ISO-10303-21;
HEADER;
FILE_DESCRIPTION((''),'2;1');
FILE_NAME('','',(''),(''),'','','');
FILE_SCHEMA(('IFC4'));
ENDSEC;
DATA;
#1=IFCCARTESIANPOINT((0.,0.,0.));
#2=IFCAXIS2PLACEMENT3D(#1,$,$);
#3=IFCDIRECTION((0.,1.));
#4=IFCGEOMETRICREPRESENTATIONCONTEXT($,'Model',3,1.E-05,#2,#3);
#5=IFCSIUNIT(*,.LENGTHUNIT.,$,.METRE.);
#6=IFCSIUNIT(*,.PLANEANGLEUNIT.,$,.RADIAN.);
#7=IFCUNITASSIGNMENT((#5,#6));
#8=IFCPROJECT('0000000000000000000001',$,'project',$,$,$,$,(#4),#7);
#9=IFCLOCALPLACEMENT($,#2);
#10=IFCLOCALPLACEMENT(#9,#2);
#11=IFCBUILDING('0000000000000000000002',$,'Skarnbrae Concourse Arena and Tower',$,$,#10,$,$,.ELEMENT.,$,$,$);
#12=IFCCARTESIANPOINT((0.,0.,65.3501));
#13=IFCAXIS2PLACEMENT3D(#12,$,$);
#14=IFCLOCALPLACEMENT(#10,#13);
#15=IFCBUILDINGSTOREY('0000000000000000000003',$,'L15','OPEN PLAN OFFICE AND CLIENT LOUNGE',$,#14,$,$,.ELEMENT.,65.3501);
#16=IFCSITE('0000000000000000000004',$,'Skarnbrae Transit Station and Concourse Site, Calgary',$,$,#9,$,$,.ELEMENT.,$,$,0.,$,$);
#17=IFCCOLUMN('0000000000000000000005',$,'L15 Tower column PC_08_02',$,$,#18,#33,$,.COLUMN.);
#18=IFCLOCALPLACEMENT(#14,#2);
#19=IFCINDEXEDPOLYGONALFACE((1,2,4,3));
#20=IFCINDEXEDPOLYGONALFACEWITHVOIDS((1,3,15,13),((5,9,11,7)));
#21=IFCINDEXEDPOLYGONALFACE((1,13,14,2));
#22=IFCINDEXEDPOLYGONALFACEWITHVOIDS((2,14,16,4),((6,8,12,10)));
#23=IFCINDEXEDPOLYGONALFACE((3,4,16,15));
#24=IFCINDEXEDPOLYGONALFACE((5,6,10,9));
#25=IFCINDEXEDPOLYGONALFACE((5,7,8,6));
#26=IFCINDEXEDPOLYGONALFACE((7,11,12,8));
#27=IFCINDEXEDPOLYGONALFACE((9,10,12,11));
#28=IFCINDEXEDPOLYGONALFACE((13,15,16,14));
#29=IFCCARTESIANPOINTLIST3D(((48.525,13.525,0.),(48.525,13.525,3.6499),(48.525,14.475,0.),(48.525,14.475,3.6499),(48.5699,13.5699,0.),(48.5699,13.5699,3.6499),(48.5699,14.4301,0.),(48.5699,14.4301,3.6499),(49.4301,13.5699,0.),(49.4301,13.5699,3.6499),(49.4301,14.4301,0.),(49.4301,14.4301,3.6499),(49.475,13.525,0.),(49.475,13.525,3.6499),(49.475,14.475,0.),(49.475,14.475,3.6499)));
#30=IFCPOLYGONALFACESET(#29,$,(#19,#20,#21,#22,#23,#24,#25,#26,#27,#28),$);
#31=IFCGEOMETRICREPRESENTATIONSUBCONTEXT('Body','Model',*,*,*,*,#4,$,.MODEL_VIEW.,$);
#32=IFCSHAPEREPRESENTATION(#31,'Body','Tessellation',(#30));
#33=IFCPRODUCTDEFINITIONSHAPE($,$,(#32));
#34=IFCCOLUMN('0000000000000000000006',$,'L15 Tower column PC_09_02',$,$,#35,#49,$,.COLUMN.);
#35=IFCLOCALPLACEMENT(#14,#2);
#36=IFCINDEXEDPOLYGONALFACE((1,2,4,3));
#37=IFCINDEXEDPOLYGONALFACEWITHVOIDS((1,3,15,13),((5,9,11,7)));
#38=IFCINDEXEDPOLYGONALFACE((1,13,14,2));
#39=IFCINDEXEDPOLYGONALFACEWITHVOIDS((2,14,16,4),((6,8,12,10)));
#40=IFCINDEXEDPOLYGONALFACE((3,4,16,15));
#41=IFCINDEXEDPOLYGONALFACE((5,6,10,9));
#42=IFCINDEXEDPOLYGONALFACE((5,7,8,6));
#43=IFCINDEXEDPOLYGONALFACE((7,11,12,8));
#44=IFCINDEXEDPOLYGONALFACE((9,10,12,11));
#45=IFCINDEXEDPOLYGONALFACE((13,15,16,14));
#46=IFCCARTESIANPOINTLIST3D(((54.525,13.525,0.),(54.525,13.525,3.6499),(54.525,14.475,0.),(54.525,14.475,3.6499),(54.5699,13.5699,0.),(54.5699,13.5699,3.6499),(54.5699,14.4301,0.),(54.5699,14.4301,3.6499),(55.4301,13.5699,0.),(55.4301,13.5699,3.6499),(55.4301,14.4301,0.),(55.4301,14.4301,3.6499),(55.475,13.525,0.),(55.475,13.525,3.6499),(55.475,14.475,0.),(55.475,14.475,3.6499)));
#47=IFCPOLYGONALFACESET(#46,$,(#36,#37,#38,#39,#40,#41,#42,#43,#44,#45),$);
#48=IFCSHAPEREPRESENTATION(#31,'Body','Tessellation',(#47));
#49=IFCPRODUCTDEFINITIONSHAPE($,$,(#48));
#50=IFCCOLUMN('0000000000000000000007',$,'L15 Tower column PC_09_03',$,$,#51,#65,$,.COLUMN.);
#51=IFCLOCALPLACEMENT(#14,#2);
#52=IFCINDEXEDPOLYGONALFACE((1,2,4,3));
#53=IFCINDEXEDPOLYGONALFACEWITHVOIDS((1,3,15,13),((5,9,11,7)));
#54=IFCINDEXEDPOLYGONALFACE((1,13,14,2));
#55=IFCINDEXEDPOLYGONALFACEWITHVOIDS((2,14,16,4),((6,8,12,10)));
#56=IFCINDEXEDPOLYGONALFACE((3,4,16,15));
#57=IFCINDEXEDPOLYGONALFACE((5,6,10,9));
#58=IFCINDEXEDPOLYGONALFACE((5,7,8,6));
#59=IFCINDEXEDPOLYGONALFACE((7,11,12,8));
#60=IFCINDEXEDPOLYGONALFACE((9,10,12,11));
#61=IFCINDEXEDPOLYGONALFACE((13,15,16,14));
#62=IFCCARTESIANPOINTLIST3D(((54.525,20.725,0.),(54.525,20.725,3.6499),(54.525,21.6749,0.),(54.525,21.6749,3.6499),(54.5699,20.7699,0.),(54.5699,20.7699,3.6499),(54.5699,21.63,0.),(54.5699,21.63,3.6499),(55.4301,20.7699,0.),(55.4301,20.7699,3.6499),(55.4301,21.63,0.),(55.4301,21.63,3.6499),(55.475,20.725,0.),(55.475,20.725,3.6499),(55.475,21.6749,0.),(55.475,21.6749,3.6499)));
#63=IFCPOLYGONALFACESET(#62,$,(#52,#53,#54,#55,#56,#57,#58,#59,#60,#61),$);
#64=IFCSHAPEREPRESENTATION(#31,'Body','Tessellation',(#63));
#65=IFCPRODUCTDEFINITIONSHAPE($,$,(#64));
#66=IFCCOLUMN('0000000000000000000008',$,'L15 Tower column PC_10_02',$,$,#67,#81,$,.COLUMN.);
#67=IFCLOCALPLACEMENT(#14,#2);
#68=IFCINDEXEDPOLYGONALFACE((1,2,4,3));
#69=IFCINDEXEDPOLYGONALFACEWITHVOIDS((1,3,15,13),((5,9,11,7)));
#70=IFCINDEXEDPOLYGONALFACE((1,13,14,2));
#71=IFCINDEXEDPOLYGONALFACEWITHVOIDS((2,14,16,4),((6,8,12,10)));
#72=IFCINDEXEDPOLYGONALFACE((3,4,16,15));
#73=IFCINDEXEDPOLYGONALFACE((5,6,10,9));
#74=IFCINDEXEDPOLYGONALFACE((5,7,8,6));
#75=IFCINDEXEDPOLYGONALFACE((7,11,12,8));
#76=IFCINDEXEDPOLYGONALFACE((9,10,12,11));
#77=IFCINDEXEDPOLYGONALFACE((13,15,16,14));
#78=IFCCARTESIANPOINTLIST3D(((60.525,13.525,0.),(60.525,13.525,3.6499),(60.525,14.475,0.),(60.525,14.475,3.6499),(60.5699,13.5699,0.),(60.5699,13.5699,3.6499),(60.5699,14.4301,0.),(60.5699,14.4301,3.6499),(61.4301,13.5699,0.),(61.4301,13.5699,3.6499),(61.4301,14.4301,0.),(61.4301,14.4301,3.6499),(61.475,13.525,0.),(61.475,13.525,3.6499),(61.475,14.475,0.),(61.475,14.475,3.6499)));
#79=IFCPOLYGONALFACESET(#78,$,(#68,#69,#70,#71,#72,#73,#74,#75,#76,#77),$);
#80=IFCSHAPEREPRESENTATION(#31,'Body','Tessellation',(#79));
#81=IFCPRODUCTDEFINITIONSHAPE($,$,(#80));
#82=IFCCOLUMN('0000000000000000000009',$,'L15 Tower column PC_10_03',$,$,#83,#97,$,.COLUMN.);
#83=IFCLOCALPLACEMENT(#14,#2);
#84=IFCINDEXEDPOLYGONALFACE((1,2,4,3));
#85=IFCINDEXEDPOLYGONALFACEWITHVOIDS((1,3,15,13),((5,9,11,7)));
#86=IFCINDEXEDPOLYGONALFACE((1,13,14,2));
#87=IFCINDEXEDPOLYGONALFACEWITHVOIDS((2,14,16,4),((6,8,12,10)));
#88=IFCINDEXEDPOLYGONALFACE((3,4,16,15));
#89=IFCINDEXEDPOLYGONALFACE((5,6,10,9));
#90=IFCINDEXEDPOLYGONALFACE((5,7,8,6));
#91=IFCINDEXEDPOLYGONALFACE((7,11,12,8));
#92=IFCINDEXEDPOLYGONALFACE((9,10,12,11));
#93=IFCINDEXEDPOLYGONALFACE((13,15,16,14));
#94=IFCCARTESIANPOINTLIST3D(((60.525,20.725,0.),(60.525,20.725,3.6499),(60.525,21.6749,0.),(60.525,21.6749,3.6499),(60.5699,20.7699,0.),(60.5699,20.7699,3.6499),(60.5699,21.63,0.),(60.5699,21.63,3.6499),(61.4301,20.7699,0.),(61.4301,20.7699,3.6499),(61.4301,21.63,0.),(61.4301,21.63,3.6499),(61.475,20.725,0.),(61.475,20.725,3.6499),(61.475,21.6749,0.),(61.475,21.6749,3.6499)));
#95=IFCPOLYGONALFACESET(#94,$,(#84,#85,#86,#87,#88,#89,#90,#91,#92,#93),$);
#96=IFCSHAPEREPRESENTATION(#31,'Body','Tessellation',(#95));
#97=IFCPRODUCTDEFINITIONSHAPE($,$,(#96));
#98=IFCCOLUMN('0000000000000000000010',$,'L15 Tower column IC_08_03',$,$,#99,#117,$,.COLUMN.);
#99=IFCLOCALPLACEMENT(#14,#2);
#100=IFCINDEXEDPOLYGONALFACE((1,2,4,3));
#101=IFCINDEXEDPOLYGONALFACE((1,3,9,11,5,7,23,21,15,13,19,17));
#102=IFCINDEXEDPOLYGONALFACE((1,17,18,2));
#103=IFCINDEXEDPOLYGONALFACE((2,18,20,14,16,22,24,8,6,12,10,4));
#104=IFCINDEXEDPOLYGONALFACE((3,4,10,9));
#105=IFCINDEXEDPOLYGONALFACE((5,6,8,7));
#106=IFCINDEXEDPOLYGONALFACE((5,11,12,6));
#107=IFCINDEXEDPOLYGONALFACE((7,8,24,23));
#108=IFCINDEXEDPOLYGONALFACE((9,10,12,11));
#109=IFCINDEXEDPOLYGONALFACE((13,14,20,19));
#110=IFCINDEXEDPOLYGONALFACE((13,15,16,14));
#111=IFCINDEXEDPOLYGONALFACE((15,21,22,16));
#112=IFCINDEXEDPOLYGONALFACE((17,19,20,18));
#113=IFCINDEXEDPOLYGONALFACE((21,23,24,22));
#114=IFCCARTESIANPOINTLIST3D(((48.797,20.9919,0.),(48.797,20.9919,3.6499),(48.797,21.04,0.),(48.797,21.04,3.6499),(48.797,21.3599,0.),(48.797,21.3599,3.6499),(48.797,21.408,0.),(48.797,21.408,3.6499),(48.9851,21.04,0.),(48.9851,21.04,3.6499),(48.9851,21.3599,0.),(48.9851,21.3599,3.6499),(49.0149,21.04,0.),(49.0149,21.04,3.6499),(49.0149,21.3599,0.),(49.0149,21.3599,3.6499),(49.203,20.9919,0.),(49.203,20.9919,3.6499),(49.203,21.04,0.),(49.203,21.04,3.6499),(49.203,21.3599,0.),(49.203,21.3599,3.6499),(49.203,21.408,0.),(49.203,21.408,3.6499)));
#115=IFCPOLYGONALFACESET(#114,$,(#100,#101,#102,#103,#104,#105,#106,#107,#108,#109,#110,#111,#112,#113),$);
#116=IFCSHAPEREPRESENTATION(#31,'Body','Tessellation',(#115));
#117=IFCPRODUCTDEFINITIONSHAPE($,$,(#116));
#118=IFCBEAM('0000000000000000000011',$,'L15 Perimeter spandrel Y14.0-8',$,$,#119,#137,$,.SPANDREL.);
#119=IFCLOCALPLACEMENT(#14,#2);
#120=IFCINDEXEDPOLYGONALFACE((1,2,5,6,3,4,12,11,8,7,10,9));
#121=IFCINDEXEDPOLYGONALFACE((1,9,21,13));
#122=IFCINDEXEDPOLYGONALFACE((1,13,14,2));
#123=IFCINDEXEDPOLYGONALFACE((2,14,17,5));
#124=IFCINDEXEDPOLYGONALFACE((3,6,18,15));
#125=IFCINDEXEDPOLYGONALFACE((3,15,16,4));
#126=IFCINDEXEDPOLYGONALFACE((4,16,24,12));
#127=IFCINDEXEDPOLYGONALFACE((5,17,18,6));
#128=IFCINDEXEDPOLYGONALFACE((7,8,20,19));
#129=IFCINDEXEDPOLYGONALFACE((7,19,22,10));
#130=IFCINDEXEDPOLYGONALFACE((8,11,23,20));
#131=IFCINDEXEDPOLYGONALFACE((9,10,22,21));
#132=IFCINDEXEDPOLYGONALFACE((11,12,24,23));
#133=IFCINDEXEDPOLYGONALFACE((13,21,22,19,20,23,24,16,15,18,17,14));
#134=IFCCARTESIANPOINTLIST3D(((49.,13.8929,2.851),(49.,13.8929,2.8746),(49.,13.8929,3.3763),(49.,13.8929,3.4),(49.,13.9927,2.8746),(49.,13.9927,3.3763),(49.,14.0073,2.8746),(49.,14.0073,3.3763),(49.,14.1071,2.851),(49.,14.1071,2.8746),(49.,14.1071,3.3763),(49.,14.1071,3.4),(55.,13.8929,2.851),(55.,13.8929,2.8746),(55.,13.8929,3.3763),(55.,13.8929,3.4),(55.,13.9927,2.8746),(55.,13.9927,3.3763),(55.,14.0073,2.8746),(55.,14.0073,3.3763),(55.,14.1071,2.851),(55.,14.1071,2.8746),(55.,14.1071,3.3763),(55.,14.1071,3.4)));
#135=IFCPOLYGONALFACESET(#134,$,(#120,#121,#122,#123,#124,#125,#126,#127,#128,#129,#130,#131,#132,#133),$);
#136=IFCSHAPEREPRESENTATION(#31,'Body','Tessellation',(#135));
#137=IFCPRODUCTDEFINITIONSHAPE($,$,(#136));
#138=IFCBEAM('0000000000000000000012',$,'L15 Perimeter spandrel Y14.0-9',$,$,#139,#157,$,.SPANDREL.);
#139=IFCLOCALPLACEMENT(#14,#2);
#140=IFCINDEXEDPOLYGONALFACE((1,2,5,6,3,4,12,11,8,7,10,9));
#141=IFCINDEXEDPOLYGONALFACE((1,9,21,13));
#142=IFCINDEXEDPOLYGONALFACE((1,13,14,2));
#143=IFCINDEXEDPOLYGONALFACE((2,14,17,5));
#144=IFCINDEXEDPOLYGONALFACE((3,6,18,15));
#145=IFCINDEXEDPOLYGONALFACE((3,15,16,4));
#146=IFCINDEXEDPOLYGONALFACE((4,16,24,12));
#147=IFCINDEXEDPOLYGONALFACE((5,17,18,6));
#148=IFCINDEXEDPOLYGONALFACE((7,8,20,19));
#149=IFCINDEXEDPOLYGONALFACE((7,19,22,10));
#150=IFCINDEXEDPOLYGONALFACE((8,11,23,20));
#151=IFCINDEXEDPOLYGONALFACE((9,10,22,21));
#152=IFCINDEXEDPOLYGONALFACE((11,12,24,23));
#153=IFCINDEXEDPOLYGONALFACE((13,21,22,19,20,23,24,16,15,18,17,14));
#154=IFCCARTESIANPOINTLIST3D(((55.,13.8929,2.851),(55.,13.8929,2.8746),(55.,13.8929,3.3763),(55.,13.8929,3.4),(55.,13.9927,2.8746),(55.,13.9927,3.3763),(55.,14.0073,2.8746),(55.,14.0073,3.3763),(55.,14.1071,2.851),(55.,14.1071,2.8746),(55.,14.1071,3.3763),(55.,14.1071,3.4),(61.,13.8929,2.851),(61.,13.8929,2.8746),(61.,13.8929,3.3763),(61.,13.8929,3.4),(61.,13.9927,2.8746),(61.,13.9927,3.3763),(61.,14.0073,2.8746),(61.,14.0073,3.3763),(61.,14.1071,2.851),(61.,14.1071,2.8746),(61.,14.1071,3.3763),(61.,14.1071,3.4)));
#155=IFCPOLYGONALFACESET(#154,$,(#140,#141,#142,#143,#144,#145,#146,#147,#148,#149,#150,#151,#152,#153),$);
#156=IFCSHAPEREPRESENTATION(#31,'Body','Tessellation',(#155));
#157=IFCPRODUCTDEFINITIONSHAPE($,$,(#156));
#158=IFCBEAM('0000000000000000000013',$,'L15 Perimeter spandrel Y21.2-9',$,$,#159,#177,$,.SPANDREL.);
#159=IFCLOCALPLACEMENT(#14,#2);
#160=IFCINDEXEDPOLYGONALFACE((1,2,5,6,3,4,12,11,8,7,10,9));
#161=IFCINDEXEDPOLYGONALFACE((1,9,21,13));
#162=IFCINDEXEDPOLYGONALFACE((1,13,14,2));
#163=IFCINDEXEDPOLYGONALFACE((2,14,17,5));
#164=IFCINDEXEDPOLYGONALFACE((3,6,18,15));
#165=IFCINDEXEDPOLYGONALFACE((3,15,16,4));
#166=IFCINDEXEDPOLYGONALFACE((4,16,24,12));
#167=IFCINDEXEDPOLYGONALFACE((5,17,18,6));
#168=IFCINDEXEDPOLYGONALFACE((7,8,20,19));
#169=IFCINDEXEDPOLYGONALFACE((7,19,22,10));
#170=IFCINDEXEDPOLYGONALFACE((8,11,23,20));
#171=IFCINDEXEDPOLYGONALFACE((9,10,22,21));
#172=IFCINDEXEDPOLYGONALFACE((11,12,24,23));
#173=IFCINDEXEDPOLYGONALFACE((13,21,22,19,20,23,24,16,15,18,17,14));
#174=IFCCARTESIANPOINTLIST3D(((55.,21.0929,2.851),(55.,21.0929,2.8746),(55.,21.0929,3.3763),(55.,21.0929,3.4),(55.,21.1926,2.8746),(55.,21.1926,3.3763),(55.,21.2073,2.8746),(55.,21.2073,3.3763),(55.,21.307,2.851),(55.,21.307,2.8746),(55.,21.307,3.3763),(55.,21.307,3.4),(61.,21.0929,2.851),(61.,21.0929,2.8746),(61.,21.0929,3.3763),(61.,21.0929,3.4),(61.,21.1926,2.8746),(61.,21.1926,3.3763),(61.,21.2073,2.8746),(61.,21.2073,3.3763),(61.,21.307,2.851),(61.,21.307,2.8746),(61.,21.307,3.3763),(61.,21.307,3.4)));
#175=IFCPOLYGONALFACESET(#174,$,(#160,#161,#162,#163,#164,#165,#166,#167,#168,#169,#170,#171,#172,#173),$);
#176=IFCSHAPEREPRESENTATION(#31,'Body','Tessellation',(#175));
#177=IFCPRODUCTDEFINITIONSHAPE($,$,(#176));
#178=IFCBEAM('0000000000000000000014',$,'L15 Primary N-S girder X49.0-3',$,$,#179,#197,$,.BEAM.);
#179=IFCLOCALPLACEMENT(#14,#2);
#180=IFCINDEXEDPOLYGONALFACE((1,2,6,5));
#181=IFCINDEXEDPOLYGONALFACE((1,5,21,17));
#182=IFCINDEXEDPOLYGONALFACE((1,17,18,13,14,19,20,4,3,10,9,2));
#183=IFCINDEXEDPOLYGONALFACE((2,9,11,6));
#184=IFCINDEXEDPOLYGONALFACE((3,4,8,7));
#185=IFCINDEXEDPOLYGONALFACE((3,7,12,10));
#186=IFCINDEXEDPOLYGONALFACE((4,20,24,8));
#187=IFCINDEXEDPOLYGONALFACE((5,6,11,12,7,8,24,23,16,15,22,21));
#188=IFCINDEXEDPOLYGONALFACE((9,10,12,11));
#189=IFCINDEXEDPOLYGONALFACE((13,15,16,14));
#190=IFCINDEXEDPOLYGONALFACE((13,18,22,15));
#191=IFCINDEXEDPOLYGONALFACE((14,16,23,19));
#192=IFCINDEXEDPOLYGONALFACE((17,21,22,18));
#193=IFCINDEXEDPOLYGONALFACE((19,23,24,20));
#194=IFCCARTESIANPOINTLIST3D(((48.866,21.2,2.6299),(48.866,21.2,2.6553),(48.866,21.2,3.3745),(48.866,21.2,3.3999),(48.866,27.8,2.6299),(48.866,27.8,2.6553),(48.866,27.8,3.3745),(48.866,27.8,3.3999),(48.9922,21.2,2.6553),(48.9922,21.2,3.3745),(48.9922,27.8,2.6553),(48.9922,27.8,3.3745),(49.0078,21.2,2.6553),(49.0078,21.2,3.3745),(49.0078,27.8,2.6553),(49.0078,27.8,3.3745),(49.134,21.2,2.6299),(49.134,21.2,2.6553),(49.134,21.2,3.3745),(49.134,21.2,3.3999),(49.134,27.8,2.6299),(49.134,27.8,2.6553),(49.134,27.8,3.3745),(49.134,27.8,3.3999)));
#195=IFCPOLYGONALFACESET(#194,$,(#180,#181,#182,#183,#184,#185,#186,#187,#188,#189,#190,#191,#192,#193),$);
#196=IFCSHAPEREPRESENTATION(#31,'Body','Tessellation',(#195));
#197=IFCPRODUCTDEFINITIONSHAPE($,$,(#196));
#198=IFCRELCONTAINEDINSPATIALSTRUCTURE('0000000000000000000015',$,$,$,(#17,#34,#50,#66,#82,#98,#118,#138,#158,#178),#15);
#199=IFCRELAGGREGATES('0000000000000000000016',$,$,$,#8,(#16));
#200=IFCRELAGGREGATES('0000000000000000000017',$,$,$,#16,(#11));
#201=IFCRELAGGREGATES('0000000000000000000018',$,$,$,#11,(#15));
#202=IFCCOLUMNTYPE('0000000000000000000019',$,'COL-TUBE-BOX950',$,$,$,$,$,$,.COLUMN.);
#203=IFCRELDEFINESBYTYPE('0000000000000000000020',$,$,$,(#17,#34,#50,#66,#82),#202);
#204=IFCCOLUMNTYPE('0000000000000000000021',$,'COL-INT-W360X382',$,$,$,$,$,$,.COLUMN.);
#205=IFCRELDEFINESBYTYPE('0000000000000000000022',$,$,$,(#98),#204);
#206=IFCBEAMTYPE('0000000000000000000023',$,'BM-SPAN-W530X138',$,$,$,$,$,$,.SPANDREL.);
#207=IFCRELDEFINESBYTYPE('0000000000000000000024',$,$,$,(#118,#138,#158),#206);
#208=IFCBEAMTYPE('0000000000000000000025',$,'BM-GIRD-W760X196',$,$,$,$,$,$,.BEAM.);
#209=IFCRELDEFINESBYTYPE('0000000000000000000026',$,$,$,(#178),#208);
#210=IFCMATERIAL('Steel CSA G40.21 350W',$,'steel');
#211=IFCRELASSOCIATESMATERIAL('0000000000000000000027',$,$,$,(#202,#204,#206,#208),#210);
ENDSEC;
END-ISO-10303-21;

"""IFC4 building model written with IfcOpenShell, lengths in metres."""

from ifc_helpers import new_model, si_unit, direction, frame, origin, origin_2d, place, context, subcontext, project, spatial, hollow_rectangle, i_section, extrude, source, transform, mapped, material, material_profile, profile_set, type_object, element, save


model = new_model("IFC4")

# Units and contexts
model_context = context("Model", 3, precision=1e-05, world=origin(), true_north=direction((0.0, 1.0)))
body_context = subcontext(model_context, "Body", "Model", "MODEL_VIEW")
ifc_project = project(units=[si_unit("LENGTHUNIT", "METRE"), si_unit("PLANEANGLEUNIT", "RADIAN")], contexts=[model_context])

# Site, building, storey
site_placement = place(None, origin())
site = spatial("IfcSite", under=ifc_project, at=site_placement, Name="Skarnbrae Transit Station and Concourse Site, Calgary", CompositionType="ELEMENT", RefElevation=0.0)
building_placement = place(site_placement, origin())
building = spatial("IfcBuilding", under=site, at=building_placement, Name="Skarnbrae Concourse Arena and Tower", CompositionType="ELEMENT")
storey_placement = place(building_placement, frame((0.0, 0.0, 65.3501)))
storey = spatial("IfcBuildingStorey", under=building, at=storey_placement, Name="L15", Description="OPEN PLAN OFFICE AND CLIENT LOUNGE", CompositionType="ELEMENT", Elevation=65.3501)

# Columns
ifc_material_1 = material(Name="Steel CSA G40.21 350W", Category="steel")
ifc_material_profile_1 = material_profile(ifc_material_1, hollow_rectangle(XDim=0.95, YDim=0.95, WallThickness=0.0449, at=origin_2d()), Name="BOX950X950X45")
ifc_profile_set_1 = profile_set([ifc_material_profile_1], Name="Steel CSA G40.21 350W")
column_type_1 = type_object("IfcColumnType", Name="COL-TUBE-BOX950", PredefinedType="COLUMN", material=ifc_profile_set_1)
shared_shape_1 = source(origin(), body_context, "Body", "SweptSolid", [
    extrude(hollow_rectangle(XDim=0.95, YDim=0.95, WallThickness=0.0449, at=origin_2d()), origin(), (0.0, 0.0, 1.0), 3.6499),
])
for number, where, z_axis, x_axis, name in (
    (1, (49.0, 14.0, 0.0), (0.0, 0.0, 1.0), (1.0, 0.0, 0.0), "L15 Tower column PC_08_02"),
    (2, (55.0, 14.0, 0.0), (0.0, 0.0, 1.0), (1.0, 0.0, 0.0), "L15 Tower column PC_09_02"),
    (3, (55.0, 21.2, 0.0), (0.0, 0.0, 1.0), (1.0, 0.0, 0.0), "L15 Tower column PC_09_03"),
    (4, (61.0, 14.0, 0.0), (0.0, 0.0, 1.0), (1.0, 0.0, 0.0), "L15 Tower column PC_10_02"),
    (5, (61.0, 21.2, 0.0), (0.0, 0.0, 1.0), (1.0, 0.0, 0.0), "L15 Tower column PC_10_03"),
):
    element("IfcColumn", number, at=place(storey_placement, frame(where, z_axis=z_axis, x_axis=x_axis)), inside=storey, type_object=column_type_1, Name=name, PredefinedType="COLUMN", context=body_context, shape_type="MappedRepresentation", body=[
        mapped(shared_shape_1, transform((0.0, 0.0, 0.0))),
    ])
ifc_material_profile_2 = material_profile(ifc_material_1, i_section(OverallWidth=0.406, OverallDepth=0.416, WebThickness=0.0298, FlangeThickness=0.0481, at=origin_2d()), Name="W360X382")
ifc_profile_set_2 = profile_set([ifc_material_profile_2], Name="Steel CSA G40.21 350W")
column_type_2 = type_object("IfcColumnType", Name="COL-INT-W360X382", PredefinedType="COLUMN", material=ifc_profile_set_2)
shared_shape_2 = source(origin(), body_context, "Body", "SweptSolid", [
    extrude(i_section(OverallWidth=0.406, OverallDepth=0.416, WebThickness=0.0298, FlangeThickness=0.0481, at=origin_2d()), origin(), (0.0, 0.0, 1.0), 3.6499),
])
column_placement = place(storey_placement, frame((49.0, 21.2, 0.0), z_axis=(0.0, 0.0, 1.0), x_axis=(1.0, 0.0, 0.0)))
element("IfcColumn", 6, at=column_placement, inside=storey, type_object=column_type_2, Name="L15 Tower column IC_08_03", PredefinedType="COLUMN", context=body_context, shape_type="MappedRepresentation", body=[
    mapped(shared_shape_2, transform((0.0, 0.0, 0.0))),
])

# Beams
ifc_material_profile_3 = material_profile(ifc_material_1, i_section(OverallWidth=0.2141, OverallDepth=0.5491, WebThickness=0.0146, FlangeThickness=0.0237, at=origin_2d()), Name="W530X138")
ifc_profile_set_3 = profile_set([ifc_material_profile_3], Name="Steel CSA G40.21 350W")
beam_type_1 = type_object("IfcBeamType", Name="BM-SPAN-W530X138", PredefinedType="SPANDREL", material=ifc_profile_set_3)
shared_shape_3 = source(origin(), body_context, "Body", "SweptSolid", [
    extrude(i_section(OverallWidth=0.2141, OverallDepth=0.5491, WebThickness=0.0146, FlangeThickness=0.0237, at=origin_2d()), origin(), (0.0, 0.0, 1.0), 6.0),
])
for number, where, z_axis, x_axis, name in (
    (7, (49.0, 14.0, 3.1255), (1.0, 0.0, 0.0), (0.0, 1.0, 0.0), "L15 Perimeter spandrel Y14.0-8"),
    (8, (55.0, 14.0, 3.1255), (1.0, 0.0, 0.0), (0.0, 1.0, 0.0), "L15 Perimeter spandrel Y14.0-9"),
    (9, (55.0, 21.2, 3.1255), (1.0, 0.0, 0.0), (0.0, 1.0, 0.0), "L15 Perimeter spandrel Y21.2-9"),
):
    element("IfcBeam", number, at=place(storey_placement, frame(where, z_axis=z_axis, x_axis=x_axis)), inside=storey, type_object=beam_type_1, Name=name, PredefinedType="SPANDREL", context=body_context, shape_type="MappedRepresentation", body=[
        mapped(shared_shape_3, transform((0.0, 0.0, 0.0))),
    ])
ifc_material_profile_4 = material_profile(ifc_material_1, i_section(OverallWidth=0.2681, OverallDepth=0.77, WebThickness=0.0156, FlangeThickness=0.0254, at=origin_2d()), Name="W760X196")
ifc_profile_set_4 = profile_set([ifc_material_profile_4], Name="Steel CSA G40.21 350W")
beam_type_2 = type_object("IfcBeamType", Name="BM-GIRD-W760X196", PredefinedType="BEAM", material=ifc_profile_set_4)
shared_shape_4 = source(origin(), body_context, "Body", "SweptSolid", [
    extrude(i_section(OverallWidth=0.2681, OverallDepth=0.77, WebThickness=0.0156, FlangeThickness=0.0254, at=origin_2d()), origin(), (0.0, 0.0, 1.0), 6.6001),
])
beam_1_placement = place(storey_placement, frame((49.0, 21.2, 3.0149), z_axis=(0.0, 1.0, 0.0), x_axis=(-1.0, 0.0, 0.0)))
element("IfcBeam", 10, at=beam_1_placement, inside=storey, type_object=beam_type_2, Name="L15 Primary N-S girder X49.0-3", PredefinedType="BEAM", context=body_context, shape_type="MappedRepresentation", body=[
    mapped(shared_shape_4, transform((0.0, 0.0, 0.0))),
])

save(model, "model.ifc")
